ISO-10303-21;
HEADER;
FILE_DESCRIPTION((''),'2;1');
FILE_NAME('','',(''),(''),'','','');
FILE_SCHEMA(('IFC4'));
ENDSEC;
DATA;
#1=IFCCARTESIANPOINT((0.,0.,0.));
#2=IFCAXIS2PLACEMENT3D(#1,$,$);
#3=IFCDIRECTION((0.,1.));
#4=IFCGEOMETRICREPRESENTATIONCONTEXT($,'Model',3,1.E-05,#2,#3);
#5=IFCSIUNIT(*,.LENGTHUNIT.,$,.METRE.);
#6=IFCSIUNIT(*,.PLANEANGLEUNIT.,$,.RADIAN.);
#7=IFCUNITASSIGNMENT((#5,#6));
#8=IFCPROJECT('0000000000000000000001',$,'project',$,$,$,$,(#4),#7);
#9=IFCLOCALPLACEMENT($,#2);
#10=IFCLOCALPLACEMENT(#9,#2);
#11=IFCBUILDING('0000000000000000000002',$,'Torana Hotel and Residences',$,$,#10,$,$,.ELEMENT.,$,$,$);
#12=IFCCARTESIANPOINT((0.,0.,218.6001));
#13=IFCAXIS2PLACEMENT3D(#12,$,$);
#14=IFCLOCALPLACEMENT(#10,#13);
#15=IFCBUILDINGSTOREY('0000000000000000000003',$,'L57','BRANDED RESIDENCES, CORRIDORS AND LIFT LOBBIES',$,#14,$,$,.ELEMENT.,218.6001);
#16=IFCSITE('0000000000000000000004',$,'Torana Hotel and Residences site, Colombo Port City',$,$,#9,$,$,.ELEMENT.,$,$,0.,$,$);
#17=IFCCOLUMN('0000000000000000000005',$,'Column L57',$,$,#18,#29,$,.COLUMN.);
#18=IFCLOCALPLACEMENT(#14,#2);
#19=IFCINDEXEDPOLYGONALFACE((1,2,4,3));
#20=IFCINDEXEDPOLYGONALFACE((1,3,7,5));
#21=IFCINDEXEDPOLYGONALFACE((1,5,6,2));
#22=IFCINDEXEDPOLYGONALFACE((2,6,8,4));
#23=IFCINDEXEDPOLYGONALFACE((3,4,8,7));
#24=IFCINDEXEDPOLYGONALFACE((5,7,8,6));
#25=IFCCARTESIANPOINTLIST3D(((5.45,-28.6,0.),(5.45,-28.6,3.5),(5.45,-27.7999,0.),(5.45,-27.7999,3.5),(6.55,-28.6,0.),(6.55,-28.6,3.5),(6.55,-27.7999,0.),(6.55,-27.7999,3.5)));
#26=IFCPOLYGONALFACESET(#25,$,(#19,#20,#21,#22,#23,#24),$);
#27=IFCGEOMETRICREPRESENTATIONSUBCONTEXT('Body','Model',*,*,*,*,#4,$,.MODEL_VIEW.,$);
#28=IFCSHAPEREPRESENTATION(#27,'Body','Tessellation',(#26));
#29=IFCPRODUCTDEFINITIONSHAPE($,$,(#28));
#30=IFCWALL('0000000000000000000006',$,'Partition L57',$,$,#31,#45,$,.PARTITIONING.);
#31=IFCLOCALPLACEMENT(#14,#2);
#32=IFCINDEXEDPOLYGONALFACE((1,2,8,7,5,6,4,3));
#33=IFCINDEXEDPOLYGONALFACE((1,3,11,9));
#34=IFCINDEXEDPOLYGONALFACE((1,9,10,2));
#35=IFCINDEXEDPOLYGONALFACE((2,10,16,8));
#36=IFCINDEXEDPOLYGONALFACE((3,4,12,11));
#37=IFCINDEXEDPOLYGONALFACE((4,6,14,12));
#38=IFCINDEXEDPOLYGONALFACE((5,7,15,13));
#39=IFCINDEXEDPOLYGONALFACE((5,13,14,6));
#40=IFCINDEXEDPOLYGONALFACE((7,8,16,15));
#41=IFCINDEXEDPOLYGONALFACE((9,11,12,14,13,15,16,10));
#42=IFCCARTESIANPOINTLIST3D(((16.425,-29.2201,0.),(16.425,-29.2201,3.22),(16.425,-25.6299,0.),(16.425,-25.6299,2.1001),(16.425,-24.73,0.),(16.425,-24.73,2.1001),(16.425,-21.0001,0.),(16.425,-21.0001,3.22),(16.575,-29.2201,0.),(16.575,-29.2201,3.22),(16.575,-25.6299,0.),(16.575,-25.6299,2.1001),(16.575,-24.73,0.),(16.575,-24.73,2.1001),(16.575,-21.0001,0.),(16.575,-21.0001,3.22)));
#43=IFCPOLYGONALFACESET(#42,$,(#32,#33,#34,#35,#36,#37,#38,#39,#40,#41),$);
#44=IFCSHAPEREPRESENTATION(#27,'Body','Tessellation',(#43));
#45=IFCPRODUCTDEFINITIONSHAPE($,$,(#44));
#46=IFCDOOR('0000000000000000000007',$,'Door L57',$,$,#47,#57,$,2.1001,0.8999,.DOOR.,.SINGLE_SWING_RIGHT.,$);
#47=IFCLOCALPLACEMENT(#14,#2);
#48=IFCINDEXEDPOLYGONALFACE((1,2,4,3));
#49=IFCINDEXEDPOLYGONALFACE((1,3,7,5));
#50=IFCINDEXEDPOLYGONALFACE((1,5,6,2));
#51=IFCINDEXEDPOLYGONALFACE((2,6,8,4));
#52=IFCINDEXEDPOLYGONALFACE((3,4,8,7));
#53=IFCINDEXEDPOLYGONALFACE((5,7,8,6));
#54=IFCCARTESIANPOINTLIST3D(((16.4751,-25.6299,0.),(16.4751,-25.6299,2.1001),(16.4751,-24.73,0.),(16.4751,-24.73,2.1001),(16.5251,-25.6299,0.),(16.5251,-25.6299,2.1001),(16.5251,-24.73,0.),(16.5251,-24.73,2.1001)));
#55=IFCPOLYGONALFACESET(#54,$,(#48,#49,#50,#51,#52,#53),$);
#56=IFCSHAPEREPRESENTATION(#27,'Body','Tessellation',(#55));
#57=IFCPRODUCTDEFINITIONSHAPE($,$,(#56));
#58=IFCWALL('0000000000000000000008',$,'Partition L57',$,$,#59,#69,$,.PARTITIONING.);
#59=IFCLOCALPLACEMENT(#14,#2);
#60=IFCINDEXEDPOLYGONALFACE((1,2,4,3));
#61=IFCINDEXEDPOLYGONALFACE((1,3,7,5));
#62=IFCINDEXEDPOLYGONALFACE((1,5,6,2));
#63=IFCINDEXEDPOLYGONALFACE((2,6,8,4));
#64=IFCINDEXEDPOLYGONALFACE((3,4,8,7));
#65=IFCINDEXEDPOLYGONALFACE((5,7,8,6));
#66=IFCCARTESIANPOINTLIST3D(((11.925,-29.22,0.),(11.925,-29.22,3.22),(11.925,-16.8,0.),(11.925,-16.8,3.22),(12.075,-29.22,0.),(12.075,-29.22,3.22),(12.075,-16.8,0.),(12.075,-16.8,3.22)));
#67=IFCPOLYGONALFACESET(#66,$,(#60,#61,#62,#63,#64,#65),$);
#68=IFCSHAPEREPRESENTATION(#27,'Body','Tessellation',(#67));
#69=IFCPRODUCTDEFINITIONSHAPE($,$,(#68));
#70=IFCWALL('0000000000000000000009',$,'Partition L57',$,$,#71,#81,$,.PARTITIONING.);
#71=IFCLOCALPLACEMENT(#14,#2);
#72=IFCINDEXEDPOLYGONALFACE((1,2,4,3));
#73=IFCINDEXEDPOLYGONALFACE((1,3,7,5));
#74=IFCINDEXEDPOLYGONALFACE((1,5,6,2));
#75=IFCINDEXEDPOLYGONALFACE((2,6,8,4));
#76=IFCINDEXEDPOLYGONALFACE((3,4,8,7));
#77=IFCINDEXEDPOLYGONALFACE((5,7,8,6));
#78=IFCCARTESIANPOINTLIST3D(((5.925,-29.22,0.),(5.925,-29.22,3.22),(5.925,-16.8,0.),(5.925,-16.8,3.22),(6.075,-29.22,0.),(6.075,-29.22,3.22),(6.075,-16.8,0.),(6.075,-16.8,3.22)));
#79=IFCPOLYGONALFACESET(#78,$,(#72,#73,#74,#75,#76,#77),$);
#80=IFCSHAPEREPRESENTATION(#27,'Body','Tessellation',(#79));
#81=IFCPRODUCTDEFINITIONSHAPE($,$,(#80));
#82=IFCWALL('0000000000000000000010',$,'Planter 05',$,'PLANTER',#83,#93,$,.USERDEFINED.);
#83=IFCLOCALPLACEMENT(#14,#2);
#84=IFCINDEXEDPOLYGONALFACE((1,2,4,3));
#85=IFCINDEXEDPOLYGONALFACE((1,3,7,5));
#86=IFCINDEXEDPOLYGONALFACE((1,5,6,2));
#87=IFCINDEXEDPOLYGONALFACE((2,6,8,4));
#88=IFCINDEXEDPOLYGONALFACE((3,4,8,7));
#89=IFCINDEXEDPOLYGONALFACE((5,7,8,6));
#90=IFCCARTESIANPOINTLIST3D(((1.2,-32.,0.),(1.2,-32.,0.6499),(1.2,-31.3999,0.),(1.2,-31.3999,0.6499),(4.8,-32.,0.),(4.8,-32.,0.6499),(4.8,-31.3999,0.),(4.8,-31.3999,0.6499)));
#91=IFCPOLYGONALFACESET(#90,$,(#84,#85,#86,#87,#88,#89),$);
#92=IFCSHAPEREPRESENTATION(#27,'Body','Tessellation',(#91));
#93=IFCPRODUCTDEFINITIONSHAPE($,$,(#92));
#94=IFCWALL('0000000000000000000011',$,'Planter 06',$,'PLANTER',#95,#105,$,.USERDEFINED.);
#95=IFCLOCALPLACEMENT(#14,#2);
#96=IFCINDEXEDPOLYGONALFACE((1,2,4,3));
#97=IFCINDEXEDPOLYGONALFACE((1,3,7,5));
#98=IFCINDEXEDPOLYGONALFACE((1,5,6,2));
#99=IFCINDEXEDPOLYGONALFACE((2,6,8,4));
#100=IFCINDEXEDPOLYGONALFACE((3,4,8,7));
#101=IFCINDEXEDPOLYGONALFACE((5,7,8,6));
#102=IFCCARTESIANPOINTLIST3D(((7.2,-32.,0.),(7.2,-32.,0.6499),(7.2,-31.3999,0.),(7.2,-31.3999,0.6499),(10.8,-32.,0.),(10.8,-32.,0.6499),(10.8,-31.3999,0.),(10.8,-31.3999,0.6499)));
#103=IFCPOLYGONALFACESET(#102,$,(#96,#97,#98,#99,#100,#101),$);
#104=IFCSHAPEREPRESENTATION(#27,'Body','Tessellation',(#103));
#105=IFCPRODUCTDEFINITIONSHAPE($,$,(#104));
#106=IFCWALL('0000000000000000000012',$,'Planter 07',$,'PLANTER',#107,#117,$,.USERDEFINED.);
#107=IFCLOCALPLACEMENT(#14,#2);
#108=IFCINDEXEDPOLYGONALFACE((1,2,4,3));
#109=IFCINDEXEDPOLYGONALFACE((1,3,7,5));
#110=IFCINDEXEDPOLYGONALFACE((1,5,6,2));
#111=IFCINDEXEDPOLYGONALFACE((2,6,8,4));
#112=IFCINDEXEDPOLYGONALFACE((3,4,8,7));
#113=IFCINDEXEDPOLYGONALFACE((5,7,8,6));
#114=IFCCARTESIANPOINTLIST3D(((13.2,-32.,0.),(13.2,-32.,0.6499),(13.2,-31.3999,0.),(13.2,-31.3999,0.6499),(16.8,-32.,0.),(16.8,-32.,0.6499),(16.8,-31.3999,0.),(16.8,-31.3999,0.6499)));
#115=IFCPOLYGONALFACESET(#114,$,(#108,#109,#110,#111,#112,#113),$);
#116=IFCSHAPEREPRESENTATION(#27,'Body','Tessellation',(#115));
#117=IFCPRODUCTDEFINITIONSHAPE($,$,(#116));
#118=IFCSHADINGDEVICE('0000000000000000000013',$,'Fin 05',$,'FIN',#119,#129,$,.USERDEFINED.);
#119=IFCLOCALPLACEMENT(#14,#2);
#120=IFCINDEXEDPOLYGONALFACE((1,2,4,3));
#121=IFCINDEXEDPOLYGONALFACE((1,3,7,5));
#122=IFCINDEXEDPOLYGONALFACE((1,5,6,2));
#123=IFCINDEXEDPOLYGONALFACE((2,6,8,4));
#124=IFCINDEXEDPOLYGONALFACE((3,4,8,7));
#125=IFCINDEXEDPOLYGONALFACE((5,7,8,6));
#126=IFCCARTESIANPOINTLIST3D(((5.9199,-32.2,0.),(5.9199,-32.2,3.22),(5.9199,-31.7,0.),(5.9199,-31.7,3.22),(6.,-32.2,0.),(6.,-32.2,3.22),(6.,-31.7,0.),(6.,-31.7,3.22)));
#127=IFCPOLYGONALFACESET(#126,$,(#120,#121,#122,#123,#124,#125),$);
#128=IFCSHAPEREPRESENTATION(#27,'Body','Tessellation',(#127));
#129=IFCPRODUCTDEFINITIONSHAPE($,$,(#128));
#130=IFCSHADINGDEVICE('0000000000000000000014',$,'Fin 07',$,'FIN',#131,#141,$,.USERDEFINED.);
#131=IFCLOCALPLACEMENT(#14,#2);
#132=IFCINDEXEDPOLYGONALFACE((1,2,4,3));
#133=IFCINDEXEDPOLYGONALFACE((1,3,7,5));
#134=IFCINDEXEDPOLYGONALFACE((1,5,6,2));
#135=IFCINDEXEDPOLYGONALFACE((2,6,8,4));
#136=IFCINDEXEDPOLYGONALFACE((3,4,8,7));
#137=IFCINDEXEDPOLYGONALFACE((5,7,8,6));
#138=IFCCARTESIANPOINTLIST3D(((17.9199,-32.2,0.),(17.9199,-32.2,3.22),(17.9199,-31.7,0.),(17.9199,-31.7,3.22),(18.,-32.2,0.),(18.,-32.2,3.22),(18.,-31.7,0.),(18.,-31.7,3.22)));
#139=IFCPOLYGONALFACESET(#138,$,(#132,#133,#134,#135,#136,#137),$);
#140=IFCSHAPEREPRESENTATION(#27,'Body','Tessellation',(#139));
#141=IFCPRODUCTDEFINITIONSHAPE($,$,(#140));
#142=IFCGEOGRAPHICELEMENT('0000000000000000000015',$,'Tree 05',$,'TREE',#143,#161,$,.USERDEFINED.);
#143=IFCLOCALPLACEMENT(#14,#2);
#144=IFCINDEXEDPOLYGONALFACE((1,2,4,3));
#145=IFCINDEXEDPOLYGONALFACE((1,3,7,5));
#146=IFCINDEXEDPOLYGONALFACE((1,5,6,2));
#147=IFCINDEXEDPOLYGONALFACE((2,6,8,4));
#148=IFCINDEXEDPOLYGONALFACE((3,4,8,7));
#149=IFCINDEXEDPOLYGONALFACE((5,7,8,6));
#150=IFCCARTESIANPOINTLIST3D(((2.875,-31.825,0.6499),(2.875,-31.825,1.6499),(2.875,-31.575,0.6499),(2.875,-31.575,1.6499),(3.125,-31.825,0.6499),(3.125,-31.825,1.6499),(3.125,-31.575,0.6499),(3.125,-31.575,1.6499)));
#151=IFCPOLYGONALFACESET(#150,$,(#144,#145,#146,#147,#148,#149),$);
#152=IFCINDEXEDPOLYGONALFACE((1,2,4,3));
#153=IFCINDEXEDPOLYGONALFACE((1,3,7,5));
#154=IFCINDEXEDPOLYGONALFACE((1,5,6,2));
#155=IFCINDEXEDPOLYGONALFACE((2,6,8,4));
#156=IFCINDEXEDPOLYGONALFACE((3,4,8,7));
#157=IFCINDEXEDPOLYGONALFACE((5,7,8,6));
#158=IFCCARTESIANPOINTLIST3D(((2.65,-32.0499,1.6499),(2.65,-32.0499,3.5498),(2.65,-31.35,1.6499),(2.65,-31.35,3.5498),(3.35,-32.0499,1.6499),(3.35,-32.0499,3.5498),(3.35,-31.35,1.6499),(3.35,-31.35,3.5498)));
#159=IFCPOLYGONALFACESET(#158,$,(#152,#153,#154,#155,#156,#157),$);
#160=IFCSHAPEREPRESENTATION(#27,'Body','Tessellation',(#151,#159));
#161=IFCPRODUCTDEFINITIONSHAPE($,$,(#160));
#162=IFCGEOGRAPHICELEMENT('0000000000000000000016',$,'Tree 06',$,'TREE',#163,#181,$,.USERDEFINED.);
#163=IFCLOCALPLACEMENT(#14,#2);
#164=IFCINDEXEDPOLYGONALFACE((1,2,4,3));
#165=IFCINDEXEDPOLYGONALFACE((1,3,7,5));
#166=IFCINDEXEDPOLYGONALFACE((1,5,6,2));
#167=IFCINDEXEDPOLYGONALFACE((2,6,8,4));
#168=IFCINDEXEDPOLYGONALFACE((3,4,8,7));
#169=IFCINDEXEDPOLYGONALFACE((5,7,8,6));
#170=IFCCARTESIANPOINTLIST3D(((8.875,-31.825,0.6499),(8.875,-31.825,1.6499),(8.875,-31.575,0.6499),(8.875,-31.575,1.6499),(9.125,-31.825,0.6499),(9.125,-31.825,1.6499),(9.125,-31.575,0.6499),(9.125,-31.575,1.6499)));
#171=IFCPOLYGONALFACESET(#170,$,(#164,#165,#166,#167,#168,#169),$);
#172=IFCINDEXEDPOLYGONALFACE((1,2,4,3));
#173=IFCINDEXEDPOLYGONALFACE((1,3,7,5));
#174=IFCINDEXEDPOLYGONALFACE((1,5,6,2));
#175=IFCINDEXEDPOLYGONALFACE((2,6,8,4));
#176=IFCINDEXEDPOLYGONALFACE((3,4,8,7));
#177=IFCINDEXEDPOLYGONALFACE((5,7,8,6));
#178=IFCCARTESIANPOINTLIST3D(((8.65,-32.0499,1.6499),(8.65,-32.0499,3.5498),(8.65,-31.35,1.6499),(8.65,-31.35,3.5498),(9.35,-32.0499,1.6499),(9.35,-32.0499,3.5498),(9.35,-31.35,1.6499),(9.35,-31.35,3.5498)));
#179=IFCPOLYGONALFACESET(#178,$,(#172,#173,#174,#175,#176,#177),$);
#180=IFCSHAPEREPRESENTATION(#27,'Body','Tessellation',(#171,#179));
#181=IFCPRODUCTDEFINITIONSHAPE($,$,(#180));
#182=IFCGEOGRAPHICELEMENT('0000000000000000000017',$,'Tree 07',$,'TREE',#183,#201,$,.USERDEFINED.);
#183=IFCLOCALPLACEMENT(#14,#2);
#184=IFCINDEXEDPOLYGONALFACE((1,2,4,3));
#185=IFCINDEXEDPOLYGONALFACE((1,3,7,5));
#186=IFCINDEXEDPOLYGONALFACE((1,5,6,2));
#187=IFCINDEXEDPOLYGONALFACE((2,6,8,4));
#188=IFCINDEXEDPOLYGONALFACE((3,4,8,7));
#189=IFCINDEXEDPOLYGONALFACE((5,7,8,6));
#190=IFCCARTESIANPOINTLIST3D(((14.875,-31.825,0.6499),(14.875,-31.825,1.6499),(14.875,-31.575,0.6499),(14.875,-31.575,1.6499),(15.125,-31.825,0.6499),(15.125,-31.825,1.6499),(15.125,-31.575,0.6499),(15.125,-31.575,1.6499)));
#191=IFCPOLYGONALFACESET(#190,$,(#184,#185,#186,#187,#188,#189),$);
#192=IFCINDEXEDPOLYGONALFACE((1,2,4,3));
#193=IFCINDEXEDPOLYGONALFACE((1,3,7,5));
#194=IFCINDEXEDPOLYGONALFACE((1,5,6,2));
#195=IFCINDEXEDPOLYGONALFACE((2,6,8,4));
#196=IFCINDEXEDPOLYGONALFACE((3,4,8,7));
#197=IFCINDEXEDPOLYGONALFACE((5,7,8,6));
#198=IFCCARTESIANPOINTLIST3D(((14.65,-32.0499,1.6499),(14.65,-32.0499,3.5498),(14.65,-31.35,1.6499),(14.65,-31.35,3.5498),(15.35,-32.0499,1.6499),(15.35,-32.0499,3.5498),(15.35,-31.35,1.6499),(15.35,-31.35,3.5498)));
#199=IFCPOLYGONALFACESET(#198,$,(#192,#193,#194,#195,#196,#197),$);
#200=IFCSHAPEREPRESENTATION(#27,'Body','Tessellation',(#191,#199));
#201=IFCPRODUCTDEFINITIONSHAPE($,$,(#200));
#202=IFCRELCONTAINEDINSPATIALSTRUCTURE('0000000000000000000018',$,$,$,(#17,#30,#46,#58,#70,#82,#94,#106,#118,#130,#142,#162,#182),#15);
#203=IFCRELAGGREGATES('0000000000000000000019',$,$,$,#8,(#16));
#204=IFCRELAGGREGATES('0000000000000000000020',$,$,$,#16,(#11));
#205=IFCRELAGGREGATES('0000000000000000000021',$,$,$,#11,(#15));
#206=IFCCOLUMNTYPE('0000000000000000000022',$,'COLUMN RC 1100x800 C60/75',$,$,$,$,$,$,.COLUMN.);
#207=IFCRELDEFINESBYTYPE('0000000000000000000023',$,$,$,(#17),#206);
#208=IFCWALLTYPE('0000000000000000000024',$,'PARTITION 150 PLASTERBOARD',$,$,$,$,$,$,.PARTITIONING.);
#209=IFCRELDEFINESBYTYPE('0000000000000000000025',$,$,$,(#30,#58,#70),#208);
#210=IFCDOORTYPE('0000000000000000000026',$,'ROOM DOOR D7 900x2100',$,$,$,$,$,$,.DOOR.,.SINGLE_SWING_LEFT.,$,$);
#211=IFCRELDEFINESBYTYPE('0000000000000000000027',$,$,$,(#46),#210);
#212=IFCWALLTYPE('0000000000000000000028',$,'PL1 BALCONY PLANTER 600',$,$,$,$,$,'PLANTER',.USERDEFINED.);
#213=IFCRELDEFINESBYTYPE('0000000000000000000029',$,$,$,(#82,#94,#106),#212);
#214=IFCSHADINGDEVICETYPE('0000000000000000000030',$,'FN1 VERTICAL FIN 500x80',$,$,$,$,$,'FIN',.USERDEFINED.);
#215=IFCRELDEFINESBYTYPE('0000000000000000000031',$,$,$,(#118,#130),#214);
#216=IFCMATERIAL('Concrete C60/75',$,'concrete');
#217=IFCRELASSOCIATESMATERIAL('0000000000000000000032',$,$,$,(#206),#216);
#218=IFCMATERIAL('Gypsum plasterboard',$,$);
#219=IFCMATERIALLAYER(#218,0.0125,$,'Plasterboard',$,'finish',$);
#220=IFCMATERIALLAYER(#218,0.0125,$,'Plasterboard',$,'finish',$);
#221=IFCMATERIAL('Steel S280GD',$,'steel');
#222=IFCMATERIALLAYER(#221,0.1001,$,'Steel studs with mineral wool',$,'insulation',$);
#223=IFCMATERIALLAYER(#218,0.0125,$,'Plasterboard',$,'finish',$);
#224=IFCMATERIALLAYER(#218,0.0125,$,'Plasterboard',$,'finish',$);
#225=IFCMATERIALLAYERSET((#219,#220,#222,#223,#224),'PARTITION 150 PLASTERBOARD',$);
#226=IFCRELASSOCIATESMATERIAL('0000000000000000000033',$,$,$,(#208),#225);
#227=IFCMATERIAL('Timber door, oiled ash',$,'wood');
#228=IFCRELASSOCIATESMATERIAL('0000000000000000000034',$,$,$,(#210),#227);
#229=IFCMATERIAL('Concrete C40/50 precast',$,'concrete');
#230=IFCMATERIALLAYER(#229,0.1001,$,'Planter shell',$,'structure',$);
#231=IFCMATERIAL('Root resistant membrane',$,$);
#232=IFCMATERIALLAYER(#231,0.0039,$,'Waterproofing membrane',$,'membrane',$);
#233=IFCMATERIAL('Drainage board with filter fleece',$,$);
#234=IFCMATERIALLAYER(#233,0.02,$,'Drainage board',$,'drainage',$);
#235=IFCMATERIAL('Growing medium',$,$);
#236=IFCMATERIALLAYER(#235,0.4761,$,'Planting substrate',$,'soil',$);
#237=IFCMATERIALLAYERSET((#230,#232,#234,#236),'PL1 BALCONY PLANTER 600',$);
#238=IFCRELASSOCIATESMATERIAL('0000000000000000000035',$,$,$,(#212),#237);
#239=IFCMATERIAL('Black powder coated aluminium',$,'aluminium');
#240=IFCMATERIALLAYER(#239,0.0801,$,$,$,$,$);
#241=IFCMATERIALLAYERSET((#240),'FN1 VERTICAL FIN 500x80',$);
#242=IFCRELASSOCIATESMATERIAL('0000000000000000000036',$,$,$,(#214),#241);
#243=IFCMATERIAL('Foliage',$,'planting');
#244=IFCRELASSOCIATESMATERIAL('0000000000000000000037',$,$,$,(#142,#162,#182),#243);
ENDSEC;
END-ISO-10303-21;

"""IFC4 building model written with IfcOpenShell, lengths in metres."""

from ifc_helpers import new_model, si_unit, direction, frame, frame_2d, origin, origin_2d, place, context, subcontext, project, spatial, rectangle, extrude, material, layer, layer_set, material_profile, profile_set, type_object, element, fill, save


model = new_model("IFC4")

# Units and contexts
model_context = context("Model", 3, precision=1e-05, world=origin(), true_north=direction((0.0, 1.0)))
body_context = subcontext(model_context, "Body", "Model", "MODEL_VIEW")
ifc_project = project(units=[si_unit("LENGTHUNIT", "METRE"), si_unit("PLANEANGLEUNIT", "RADIAN")], contexts=[model_context])

# Site, building, storey
site_placement = place(None, origin())
site = spatial("IfcSite", under=ifc_project, at=site_placement, Name="Torana Hotel and Residences site, Colombo Port City", CompositionType="ELEMENT", RefElevation=0.0)
building_placement = place(site_placement, origin())
building = spatial("IfcBuilding", under=site, at=building_placement, Name="Torana Hotel and Residences", CompositionType="ELEMENT")
storey_placement = place(building_placement, frame((0.0, 0.0, 218.6001)))
storey = spatial("IfcBuildingStorey", under=building, at=storey_placement, Name="L57", Description="BRANDED RESIDENCES, CORRIDORS AND LIFT LOBBIES", CompositionType="ELEMENT", Elevation=218.6001)

# Column
ifc_material_1 = material(Name="Concrete C60/75", Category="concrete")
ifc_material_profile = material_profile(ifc_material_1, rectangle(XDim=1.1001, YDim=0.8, at=origin_2d()), Name="RC 1100x800")
ifc_profile_set = profile_set([ifc_material_profile], Name="Concrete C60/75")
column_type = type_object("IfcColumnType", Name="COLUMN RC 1100x800 C60/75", PredefinedType="COLUMN", material=ifc_profile_set)
column_placement = place(storey_placement, frame((6.0, -28.2, 0.0), z_axis=(0.0, 0.0, 1.0), x_axis=(1.0, 0.0, 0.0)))
element("IfcColumn", 1, at=column_placement, inside=storey, type_object=column_type, Name="Column L57", PredefinedType="COLUMN", context=body_context, shape_type="SweptSolid", body=[
    extrude(rectangle(XDim=1.1001, YDim=0.8, at=origin_2d()), origin(), (0.0, 0.0, 1.0), 3.5),
])

# Wall, opening, door
ifc_material_2 = material(Name="Gypsum plasterboard")
ifc_layer_1 = layer(ifc_material_2, 0.0125, Name="Plasterboard", Category="finish")
ifc_layer_2 = layer(ifc_material_2, 0.0125, Name="Plasterboard", Category="finish")
ifc_material_3 = material(Name="Steel S280GD", Category="steel")
ifc_layer_3 = layer(ifc_material_3, 0.1001, Name="Steel studs with mineral wool", Category="insulation")
ifc_layer_4 = layer(ifc_material_2, 0.0125, Name="Plasterboard", Category="finish")
ifc_layer_5 = layer(ifc_material_2, 0.0125, Name="Plasterboard", Category="finish")
ifc_layer_set_1 = layer_set([ifc_layer_1, ifc_layer_2, ifc_layer_3, ifc_layer_4, ifc_layer_5], Name="PARTITION 150 PLASTERBOARD")
wall_type_1 = type_object("IfcWallType", Name="PARTITION 150 PLASTERBOARD", PredefinedType="PARTITIONING", material=ifc_layer_set_1)
wall_placement = place(storey_placement, frame((16.5, -29.22, 0.0), z_axis=(0.0, 0.0, 1.0), x_axis=(0.0, 1.0, 0.0)))
wall = element("IfcWall", 2, at=wall_placement, inside=storey, type_object=wall_type_1, Name="Partition L57", PredefinedType="PARTITIONING", context=body_context, shape_type="SweptSolid", body=[
    extrude(rectangle(XDim=8.22, YDim=0.1499, at=frame_2d((4.1099, 0.0))), origin(), (0.0, 0.0, 1.0), 3.22),
])
opening_placement = place(wall_placement, frame((3.5901, 0.0, 0.0)))
opening = element("IfcOpeningElement", 3, at=opening_placement, cuts=wall, PredefinedType="OPENING", context=body_context, shape_type="SweptSolid", body=[
    extrude(rectangle(XDim=0.8999, YDim=2.1001, at=frame_2d((0.45, 1.05))), frame((0.0, 0.085, 0.0), z_axis=(0.0, -1.0, 0.0), x_axis=(1.0, 0.0, 0.0)), (0.0, 0.0, 1.0), 0.1699),
])
ifc_material_4 = material(Name="Timber door, oiled ash", Category="wood")
door_type = type_object("IfcDoorType", Name="ROOM DOOR D7 900x2100", OperationType="SINGLE_SWING_LEFT", PredefinedType="DOOR", material=ifc_material_4)
door_placement = place(opening_placement, origin())
door = element("IfcDoor", 4, at=door_placement, inside=storey, type_object=door_type, Name="Door L57", OperationType="SINGLE_SWING_RIGHT", OverallHeight=2.1001, OverallWidth=0.8999, PredefinedType="DOOR", context=body_context, shape_type="SweptSolid", body=[
    extrude(rectangle(XDim=0.8999, YDim=2.1001, at=frame_2d((0.45, 1.05))), frame((0.0, 0.0249, 0.0), z_axis=(0.0, -1.0, 0.0), x_axis=(1.0, 0.0, 0.0)), (0.0, 0.0, 1.0), 0.05),
])
fill(opening, door)

# Walls
for number, where, z_axis, x_axis, name in (
    (5, (12.0, -29.22, 0.0), (0.0, 0.0, 1.0), (0.0, 1.0, 0.0), "Partition L57"),
    (6, (6.0, -29.22, 0.0), (0.0, 0.0, 1.0), (0.0, 1.0, 0.0), "Partition L57"),
):
    element("IfcWall", number, at=place(storey_placement, frame(where, z_axis=z_axis, x_axis=x_axis)), inside=storey, type_object=wall_type_1, Name=name, PredefinedType="PARTITIONING", context=body_context, shape_type="SweptSolid", body=[
        extrude(rectangle(XDim=12.4199, YDim=0.1499, at=frame_2d((6.21, 0.0))), origin(), (0.0, 0.0, 1.0), 3.22),
    ])
ifc_material_5 = material(Name="Concrete C40/50 precast", Category="concrete")
ifc_layer_6 = layer(ifc_material_5, 0.1001, Name="Planter shell", Category="structure")
ifc_material_6 = material(Name="Root resistant membrane")
ifc_layer_7 = layer(ifc_material_6, 0.0039, Name="Waterproofing membrane", Category="membrane")
ifc_material_7 = material(Name="Drainage board with filter fleece")
ifc_layer_8 = layer(ifc_material_7, 0.02, Name="Drainage board", Category="drainage")
ifc_material_8 = material(Name="Growing medium")
ifc_layer_9 = layer(ifc_material_8, 0.4761, Name="Planting substrate", Category="soil")
ifc_layer_set_2 = layer_set([ifc_layer_6, ifc_layer_7, ifc_layer_8, ifc_layer_9], Name="PL1 BALCONY PLANTER 600")
wall_type_2 = type_object("IfcWallType", Name="PL1 BALCONY PLANTER 600", ElementType="PLANTER", PredefinedType="USERDEFINED", material=ifc_layer_set_2)
for number, where, z_axis, x_axis, name in (
    (7, (4.8, -31.7, 0.0), (0.0, 0.0, 1.0), (-1.0, 0.0, 0.0), "Planter 05"),
    (8, (10.8, -31.7, 0.0), (0.0, 0.0, 1.0), (-1.0, 0.0, 0.0), "Planter 06"),
    (9, (16.8, -31.7, 0.0), (0.0, 0.0, 1.0), (-1.0, 0.0, 0.0), "Planter 07"),
):
    element("IfcWall", number, at=place(storey_placement, frame(where, z_axis=z_axis, x_axis=x_axis)), inside=storey, type_object=wall_type_2, Name=name, ObjectType="PLANTER", PredefinedType="USERDEFINED", context=body_context, shape_type="SweptSolid", body=[
        extrude(rectangle(XDim=3.6001, YDim=0.6001, at=frame_2d((1.8, 0.0))), origin(), (0.0, 0.0, 1.0), 0.6499),
    ])

# Shading devices
ifc_material_9 = material(Name="Black powder coated aluminium", Category="aluminium")
ifc_layer_10 = layer(ifc_material_9, 0.0801)
ifc_layer_set_3 = layer_set([ifc_layer_10], Name="FN1 VERTICAL FIN 500x80")
shading_device_type = type_object("IfcShadingDeviceType", Name="FN1 VERTICAL FIN 500x80", ElementType="FIN", PredefinedType="USERDEFINED", material=ifc_layer_set_3)
for number, where, z_axis, x_axis, name in (
    (10, (5.96, -31.95, 0.0), (0.0, 0.0, 1.0), (-1.0, 0.0, 0.0), "Fin 05"),
    (11, (17.96, -31.95, 0.0), (0.0, 0.0, 1.0), (-1.0, 0.0, 0.0), "Fin 07"),
):
    element("IfcShadingDevice", number, at=place(storey_placement, frame(where, z_axis=z_axis, x_axis=x_axis)), inside=storey, type_object=shading_device_type, Name=name, ObjectType="FIN", PredefinedType="USERDEFINED", context=body_context, shape_type="SweptSolid", body=[
        extrude(rectangle(XDim=0.0801, YDim=0.5, at=origin_2d()), origin(), (0.0, 0.0, 1.0), 3.22),
    ])

# Geographic elements
ifc_material_10 = material(Name="Foliage", Category="planting")
for number, where, z_axis, x_axis, name in (
    (12, (3.0, -31.7, 0.6499), (0.0, 0.0, 1.0), (1.0, 0.0, 0.0), "Tree 05"),
    (13, (9.0, -31.7, 0.6499), (0.0, 0.0, 1.0), (1.0, 0.0, 0.0), "Tree 06"),
    (14, (15.0, -31.7, 0.6499), (0.0, 0.0, 1.0), (1.0, 0.0, 0.0), "Tree 07"),
):
    element("IfcGeographicElement", number, at=place(storey_placement, frame(where, z_axis=z_axis, x_axis=x_axis)), inside=storey, material=ifc_material_10, Name=name, ObjectType="TREE", PredefinedType="USERDEFINED", context=body_context, shape_type="SweptSolid", body=[
        extrude(rectangle(XDim=0.25, YDim=0.25, at=origin_2d()), origin(), (0.0, 0.0, 1.0), 1.0),
        extrude(rectangle(XDim=0.7, YDim=0.7, at=origin_2d()), frame((0.0, 0.0, 1.0)), (0.0, 0.0, 1.0), 1.8999),
    ])

save(model, "model.ifc")
